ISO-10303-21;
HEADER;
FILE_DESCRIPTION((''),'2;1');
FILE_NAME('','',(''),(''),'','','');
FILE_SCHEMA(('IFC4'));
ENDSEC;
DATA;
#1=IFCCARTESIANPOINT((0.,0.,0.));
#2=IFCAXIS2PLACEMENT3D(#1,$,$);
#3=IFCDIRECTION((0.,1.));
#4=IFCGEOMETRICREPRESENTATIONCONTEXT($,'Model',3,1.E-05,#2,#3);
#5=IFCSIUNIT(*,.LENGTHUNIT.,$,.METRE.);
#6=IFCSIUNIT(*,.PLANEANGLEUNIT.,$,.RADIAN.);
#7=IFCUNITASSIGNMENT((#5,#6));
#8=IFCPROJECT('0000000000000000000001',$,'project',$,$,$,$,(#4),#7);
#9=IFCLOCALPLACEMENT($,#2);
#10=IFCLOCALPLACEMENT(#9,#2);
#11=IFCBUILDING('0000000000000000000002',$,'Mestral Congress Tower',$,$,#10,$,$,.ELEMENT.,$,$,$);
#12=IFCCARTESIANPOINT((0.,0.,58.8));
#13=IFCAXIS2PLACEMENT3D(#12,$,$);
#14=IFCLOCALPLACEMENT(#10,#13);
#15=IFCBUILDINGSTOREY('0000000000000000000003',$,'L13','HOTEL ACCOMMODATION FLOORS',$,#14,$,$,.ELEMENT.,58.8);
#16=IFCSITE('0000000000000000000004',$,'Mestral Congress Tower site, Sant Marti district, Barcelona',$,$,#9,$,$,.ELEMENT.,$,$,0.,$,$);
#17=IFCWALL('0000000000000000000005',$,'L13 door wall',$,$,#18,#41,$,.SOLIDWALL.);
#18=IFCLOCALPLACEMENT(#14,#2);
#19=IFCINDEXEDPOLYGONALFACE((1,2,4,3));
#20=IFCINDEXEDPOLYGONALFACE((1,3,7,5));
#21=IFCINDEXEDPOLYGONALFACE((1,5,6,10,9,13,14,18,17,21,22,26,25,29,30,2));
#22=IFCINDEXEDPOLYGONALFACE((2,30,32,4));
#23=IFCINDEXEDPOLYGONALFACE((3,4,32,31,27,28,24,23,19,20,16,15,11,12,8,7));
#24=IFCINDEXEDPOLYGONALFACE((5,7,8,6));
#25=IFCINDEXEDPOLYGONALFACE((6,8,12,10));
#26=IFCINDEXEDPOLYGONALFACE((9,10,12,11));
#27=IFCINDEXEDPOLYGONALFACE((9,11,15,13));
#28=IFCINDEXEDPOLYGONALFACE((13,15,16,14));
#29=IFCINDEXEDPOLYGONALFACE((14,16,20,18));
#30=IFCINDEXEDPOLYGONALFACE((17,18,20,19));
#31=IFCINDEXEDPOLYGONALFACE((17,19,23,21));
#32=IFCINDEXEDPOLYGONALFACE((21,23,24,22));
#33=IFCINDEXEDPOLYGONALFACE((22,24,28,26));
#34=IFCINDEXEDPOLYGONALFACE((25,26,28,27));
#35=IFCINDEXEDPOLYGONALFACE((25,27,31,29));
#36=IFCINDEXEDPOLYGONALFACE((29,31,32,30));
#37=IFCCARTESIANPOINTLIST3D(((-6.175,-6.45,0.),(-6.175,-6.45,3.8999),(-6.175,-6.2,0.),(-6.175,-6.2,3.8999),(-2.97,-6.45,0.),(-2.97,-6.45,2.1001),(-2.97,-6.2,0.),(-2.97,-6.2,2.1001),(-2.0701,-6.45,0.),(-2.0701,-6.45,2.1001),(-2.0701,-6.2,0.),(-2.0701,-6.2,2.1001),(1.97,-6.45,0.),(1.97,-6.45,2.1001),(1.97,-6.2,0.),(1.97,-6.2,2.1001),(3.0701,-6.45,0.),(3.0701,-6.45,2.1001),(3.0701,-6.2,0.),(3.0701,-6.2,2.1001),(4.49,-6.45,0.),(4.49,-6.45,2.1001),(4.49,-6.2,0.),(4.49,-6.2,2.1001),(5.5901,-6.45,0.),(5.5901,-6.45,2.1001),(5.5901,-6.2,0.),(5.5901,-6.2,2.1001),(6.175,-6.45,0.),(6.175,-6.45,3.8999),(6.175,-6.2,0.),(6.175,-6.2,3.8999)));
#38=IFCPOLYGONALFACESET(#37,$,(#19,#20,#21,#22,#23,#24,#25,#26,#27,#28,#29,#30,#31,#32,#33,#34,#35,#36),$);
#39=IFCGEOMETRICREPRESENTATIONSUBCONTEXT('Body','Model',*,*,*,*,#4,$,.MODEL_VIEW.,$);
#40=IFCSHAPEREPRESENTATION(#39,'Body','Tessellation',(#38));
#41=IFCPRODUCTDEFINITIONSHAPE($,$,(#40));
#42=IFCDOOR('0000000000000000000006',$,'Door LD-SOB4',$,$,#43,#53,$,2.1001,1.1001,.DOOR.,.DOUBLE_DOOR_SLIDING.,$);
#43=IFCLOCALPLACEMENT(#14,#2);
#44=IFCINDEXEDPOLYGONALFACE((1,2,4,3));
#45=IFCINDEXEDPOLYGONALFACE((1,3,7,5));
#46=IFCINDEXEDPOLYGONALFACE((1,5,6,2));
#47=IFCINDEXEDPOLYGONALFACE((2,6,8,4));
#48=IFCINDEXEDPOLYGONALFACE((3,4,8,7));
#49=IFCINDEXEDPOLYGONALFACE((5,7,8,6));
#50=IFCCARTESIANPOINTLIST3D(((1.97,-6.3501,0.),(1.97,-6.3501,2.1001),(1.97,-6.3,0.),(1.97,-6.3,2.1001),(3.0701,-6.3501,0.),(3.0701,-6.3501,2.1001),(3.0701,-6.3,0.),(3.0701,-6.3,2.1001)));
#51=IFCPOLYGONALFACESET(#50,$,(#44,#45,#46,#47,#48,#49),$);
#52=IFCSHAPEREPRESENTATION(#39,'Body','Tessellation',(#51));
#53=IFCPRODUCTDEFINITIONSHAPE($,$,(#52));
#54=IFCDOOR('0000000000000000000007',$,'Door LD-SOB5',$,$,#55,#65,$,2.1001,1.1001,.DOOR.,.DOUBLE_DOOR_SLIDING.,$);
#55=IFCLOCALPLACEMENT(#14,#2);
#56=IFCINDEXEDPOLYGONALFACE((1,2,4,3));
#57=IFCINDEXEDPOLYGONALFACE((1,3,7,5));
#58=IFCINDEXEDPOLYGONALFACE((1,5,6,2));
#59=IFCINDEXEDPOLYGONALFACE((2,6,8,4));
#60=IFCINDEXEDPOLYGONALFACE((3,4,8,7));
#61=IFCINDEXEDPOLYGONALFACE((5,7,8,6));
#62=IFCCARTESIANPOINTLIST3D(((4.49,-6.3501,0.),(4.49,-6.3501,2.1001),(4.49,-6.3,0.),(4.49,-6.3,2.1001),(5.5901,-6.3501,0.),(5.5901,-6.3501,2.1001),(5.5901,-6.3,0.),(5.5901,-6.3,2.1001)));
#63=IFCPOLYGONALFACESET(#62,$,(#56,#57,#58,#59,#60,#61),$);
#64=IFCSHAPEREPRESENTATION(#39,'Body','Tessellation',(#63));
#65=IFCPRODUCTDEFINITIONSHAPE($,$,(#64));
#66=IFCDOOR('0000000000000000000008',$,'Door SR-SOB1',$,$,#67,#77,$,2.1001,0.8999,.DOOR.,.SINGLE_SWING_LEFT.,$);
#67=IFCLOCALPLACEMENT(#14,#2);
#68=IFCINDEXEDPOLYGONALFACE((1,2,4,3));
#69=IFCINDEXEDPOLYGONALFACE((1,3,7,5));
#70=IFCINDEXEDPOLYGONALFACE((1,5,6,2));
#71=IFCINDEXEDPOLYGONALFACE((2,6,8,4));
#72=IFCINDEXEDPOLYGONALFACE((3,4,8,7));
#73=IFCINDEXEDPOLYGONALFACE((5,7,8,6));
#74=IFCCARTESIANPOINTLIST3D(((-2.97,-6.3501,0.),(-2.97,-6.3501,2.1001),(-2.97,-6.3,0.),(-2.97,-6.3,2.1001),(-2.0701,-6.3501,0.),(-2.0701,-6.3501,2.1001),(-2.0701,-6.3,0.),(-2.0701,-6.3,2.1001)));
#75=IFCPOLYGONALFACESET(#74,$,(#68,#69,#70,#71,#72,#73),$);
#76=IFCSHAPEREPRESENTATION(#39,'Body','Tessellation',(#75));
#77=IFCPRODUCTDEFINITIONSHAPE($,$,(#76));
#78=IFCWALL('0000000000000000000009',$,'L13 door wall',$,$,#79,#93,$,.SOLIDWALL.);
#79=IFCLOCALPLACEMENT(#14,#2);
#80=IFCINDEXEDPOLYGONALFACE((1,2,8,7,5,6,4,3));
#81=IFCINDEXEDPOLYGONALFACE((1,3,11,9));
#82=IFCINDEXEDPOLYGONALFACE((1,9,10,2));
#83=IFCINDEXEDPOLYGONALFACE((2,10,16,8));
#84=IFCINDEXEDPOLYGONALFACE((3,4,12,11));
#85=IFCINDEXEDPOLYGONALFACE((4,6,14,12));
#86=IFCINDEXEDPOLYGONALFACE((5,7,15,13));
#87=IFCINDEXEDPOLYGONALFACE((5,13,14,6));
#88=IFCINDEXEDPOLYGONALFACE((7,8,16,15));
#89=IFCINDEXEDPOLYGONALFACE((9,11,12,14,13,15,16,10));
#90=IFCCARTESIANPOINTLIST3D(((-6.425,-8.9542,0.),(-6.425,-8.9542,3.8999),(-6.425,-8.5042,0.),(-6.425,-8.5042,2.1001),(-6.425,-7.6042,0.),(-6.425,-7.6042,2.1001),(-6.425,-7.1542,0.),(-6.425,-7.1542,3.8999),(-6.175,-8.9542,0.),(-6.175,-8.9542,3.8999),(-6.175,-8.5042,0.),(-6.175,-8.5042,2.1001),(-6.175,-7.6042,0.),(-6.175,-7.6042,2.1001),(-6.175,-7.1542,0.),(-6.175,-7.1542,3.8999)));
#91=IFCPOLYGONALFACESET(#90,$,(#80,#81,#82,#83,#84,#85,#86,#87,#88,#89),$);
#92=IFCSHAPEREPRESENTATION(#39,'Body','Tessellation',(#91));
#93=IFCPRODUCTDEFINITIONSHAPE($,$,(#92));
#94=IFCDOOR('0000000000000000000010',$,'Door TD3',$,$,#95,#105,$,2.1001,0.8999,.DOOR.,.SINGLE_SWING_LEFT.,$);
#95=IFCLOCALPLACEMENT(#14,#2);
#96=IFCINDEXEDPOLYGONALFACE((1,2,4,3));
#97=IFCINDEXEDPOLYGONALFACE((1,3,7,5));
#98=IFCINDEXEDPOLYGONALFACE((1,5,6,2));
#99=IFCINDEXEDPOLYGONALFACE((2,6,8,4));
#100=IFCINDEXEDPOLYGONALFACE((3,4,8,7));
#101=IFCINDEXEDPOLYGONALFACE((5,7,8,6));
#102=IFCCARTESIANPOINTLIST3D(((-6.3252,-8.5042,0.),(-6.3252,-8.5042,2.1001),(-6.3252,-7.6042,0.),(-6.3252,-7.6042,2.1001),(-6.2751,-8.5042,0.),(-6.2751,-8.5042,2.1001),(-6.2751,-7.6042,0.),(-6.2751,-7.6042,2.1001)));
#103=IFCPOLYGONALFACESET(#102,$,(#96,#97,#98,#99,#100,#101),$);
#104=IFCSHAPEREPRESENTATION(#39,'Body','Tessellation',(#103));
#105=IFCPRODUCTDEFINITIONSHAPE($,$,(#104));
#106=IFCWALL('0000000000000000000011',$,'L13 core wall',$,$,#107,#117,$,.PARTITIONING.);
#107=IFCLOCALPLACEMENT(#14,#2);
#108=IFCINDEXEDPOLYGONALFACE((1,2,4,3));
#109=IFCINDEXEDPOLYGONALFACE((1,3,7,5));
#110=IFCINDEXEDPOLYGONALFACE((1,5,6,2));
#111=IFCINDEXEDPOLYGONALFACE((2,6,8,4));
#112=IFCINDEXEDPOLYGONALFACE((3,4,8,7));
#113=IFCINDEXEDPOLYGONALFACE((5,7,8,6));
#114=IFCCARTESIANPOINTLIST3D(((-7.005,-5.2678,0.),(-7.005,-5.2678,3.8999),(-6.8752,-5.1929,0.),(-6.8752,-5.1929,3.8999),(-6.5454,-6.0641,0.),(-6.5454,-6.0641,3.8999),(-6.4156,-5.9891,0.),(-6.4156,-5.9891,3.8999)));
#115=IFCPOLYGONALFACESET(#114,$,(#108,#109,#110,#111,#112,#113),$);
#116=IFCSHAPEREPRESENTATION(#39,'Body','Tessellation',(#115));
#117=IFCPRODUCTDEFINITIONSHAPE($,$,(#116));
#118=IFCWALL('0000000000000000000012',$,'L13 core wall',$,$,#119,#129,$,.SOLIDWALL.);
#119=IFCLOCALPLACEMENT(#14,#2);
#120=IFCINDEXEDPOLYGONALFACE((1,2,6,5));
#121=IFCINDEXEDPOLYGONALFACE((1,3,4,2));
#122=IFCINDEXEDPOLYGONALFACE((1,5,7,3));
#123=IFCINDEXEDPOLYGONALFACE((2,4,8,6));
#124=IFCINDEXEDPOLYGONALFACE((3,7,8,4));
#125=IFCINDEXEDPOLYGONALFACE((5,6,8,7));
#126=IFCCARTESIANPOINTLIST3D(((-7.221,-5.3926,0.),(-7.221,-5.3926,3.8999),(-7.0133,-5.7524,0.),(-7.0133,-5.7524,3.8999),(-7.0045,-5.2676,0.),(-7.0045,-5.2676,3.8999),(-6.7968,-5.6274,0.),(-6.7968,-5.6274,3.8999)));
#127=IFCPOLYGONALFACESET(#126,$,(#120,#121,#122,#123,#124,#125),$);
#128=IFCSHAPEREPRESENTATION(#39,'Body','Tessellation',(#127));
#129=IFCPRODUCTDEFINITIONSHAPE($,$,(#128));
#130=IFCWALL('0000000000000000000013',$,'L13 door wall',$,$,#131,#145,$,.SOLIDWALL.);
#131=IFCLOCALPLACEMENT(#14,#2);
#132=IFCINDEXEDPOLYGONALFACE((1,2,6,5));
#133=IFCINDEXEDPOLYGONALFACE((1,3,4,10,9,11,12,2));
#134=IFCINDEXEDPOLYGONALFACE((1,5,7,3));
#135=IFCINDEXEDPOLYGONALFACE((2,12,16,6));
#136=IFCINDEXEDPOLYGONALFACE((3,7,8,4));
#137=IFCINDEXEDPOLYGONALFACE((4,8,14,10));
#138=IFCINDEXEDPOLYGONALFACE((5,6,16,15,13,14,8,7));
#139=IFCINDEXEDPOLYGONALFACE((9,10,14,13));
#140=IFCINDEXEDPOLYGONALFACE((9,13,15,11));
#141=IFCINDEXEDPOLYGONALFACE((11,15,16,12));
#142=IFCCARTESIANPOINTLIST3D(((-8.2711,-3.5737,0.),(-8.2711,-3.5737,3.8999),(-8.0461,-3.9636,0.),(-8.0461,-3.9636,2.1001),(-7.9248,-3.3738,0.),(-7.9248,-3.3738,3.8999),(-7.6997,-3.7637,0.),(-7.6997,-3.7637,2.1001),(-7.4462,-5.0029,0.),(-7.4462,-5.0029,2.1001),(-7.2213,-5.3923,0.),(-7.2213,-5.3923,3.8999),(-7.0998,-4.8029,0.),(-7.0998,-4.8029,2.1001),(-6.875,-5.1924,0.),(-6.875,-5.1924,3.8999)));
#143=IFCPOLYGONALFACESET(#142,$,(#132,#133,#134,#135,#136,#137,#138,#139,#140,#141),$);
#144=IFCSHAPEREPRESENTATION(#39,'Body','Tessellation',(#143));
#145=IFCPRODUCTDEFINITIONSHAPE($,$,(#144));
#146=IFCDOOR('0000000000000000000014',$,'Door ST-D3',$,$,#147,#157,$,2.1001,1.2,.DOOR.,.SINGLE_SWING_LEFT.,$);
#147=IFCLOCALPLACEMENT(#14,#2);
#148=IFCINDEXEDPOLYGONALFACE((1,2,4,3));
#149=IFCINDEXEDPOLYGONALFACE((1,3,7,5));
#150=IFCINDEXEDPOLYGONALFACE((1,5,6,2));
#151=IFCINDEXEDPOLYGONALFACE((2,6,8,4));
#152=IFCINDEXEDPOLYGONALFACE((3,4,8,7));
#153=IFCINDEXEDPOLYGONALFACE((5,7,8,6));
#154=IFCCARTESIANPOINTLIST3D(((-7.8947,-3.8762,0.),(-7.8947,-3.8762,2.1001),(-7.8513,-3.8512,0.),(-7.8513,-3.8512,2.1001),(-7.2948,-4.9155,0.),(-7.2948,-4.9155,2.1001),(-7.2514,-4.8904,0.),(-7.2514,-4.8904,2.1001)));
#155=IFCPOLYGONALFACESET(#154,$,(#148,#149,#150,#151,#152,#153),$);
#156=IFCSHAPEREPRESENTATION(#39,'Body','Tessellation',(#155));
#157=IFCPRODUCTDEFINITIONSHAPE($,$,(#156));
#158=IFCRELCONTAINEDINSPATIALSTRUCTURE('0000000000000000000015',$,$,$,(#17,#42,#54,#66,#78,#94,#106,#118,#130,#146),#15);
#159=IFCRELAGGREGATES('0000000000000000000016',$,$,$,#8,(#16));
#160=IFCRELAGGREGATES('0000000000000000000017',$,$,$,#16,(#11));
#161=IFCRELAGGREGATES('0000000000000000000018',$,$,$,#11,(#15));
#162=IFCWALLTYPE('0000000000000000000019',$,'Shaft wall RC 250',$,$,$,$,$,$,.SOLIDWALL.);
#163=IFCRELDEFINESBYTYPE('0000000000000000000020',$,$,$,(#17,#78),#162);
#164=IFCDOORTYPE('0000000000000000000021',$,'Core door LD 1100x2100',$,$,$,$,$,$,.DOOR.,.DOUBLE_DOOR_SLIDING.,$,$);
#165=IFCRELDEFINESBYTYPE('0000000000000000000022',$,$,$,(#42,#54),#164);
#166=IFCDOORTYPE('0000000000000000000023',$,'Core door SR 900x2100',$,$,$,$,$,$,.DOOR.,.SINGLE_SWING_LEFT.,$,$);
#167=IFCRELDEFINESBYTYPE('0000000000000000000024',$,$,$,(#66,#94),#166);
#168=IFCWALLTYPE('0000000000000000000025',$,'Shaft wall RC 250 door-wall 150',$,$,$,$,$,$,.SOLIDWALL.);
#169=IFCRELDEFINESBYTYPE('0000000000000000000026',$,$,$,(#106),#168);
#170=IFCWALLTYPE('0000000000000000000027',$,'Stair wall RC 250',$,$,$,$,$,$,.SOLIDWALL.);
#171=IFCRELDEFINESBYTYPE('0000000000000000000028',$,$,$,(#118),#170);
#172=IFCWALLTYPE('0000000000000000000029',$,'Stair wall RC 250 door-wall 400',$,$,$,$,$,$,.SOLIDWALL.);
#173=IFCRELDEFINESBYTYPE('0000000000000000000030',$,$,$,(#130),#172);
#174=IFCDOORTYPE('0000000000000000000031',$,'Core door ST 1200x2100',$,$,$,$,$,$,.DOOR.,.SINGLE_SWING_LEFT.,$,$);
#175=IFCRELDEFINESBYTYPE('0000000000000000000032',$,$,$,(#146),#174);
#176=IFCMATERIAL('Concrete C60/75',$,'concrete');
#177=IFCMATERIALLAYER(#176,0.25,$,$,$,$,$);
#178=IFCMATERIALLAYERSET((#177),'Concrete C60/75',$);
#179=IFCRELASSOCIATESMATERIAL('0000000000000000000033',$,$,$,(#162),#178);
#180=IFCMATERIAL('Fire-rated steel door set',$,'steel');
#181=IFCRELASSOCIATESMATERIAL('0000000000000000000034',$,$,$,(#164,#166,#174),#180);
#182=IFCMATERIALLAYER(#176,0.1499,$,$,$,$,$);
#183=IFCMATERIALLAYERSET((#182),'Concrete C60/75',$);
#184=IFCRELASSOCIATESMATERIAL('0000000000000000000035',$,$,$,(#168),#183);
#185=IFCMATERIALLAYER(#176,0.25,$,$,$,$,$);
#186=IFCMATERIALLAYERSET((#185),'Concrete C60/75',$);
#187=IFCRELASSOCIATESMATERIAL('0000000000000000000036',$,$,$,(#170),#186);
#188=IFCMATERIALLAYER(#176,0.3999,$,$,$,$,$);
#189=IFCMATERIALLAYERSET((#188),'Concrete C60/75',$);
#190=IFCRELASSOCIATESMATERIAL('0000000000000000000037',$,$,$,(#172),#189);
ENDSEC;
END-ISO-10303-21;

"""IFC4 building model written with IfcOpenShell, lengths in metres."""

from ifc_helpers import new_model, si_unit, direction, frame, frame_2d, origin, place, context, subcontext, project, spatial, rectangle, extrude, material, layer, layer_set, type_object, element, fill, save


model = new_model("IFC4")

# Units and contexts
model_context = context("Model", 3, precision=1e-05, world=origin(), true_north=direction((0.0, 1.0)))
body_context = subcontext(model_context, "Body", "Model", "MODEL_VIEW")
ifc_project = project(units=[si_unit("LENGTHUNIT", "METRE"), si_unit("PLANEANGLEUNIT", "RADIAN")], contexts=[model_context])

# Site, building, storey
site_placement = place(None, origin())
site = spatial("IfcSite", under=ifc_project, at=site_placement, Name="Mestral Congress Tower site, Sant Marti district, Barcelona", CompositionType="ELEMENT", RefElevation=0.0)
building_placement = place(site_placement, origin())
building = spatial("IfcBuilding", under=site, at=building_placement, Name="Mestral Congress Tower", CompositionType="ELEMENT")
storey_placement = place(building_placement, frame((0.0, 0.0, 58.8)))
storey = spatial("IfcBuildingStorey", under=building, at=storey_placement, Name="L13", Description="HOTEL ACCOMMODATION FLOORS", CompositionType="ELEMENT", Elevation=58.8)

# Shared definitions
ifc_material_1 = material(Name="Fire-rated steel door set", Category="steel")

# Shared definitions
ifc_material_2 = material(Name="Concrete C60/75", Category="concrete")
ifc_layer_1 = layer(ifc_material_2, 0.25)
ifc_layer_set_1 = layer_set([ifc_layer_1], Name="Concrete C60/75")
wall_type_1 = type_object("IfcWallType", Name="Shaft wall RC 250", PredefinedType="SOLIDWALL", material=ifc_layer_set_1)

# Wall, openings, doors
door_type_1 = type_object("IfcDoorType", Name="Core door LD 1100x2100", OperationType="DOUBLE_DOOR_SLIDING", PredefinedType="DOOR", material=ifc_material_1)
wall_1_placement = place(storey_placement, frame((-6.175, -6.325, 0.0), z_axis=(0.0, 0.0, 1.0), x_axis=(1.0, 0.0, 0.0)))
wall_1 = element("IfcWall", 1, at=wall_1_placement, inside=storey, type_object=wall_type_1, Name="L13 door wall", PredefinedType="SOLIDWALL", context=body_context, shape_type="SweptSolid", body=[
    extrude(rectangle(XDim=12.3501, YDim=0.25, at=frame_2d((6.175, 0.0))), origin(), (0.0, 0.0, 1.0), 3.8999),
])
opening_1_placement = place(wall_1_placement, frame((3.2051, 0.0, 0.0)))
opening_1 = element("IfcOpeningElement", 2, at=opening_1_placement, cuts=wall_1, PredefinedType="OPENING", context=body_context, shape_type="SweptSolid", body=[
    extrude(rectangle(XDim=0.8999, YDim=2.1001, at=frame_2d((0.45, 1.05))), frame((0.0, 0.135, 0.0), z_axis=(0.0, -1.0, 0.0), x_axis=(1.0, 0.0, 0.0)), (0.0, 0.0, 1.0), 0.27),
])
opening_2_placement = place(wall_1_placement, frame((8.145, 0.0, 0.0)))
opening_2 = element("IfcOpeningElement", 3, at=opening_2_placement, cuts=wall_1, PredefinedType="OPENING", context=body_context, shape_type="SweptSolid", body=[
    extrude(rectangle(XDim=1.1001, YDim=2.1001, at=frame_2d((0.55, 1.05))), frame((0.0, 0.135, 0.0), z_axis=(0.0, -1.0, 0.0), x_axis=(1.0, 0.0, 0.0)), (0.0, 0.0, 1.0), 0.27),
])
opening_3_placement = place(wall_1_placement, frame((10.665, 0.0, 0.0)))
opening_3 = element("IfcOpeningElement", 4, at=opening_3_placement, cuts=wall_1, PredefinedType="OPENING", context=body_context, shape_type="SweptSolid", body=[
    extrude(rectangle(XDim=1.1001, YDim=2.1001, at=frame_2d((0.55, 1.05))), frame((0.0, 0.135, 0.0), z_axis=(0.0, -1.0, 0.0), x_axis=(1.0, 0.0, 0.0)), (0.0, 0.0, 1.0), 0.27),
])
door_1_placement = place(opening_2_placement, origin())
door_1 = element("IfcDoor", 5, at=door_1_placement, inside=storey, type_object=door_type_1, Name="Door LD-SOB4", OperationType="DOUBLE_DOOR_SLIDING", OverallHeight=2.1001, OverallWidth=1.1001, PredefinedType="DOOR", context=body_context, shape_type="SweptSolid", body=[
    extrude(rectangle(XDim=1.1001, YDim=2.1001, at=frame_2d((0.55, 1.05))), frame((0.0, 0.0249, 0.0), z_axis=(0.0, -1.0, 0.0), x_axis=(1.0, 0.0, 0.0)), (0.0, 0.0, 1.0), 0.05),
])
fill(opening_2, door_1)
door_2_placement = place(opening_3_placement, origin())
door_2 = element("IfcDoor", 6, at=door_2_placement, inside=storey, type_object=door_type_1, Name="Door LD-SOB5", OperationType="DOUBLE_DOOR_SLIDING", OverallHeight=2.1001, OverallWidth=1.1001, PredefinedType="DOOR", context=body_context, shape_type="SweptSolid", body=[
    extrude(rectangle(XDim=1.1001, YDim=2.1001, at=frame_2d((0.55, 1.05))), frame((0.0, 0.0249, 0.0), z_axis=(0.0, -1.0, 0.0), x_axis=(1.0, 0.0, 0.0)), (0.0, 0.0, 1.0), 0.05),
])
fill(opening_3, door_2)
door_type_2 = type_object("IfcDoorType", Name="Core door SR 900x2100", OperationType="SINGLE_SWING_LEFT", PredefinedType="DOOR", material=ifc_material_1)
door_3_placement = place(opening_1_placement, origin())
door_3 = element("IfcDoor", 7, at=door_3_placement, inside=storey, type_object=door_type_2, Name="Door SR-SOB1", OperationType="SINGLE_SWING_LEFT", OverallHeight=2.1001, OverallWidth=0.8999, PredefinedType="DOOR", context=body_context, shape_type="SweptSolid", body=[
    extrude(rectangle(XDim=0.8999, YDim=2.1001, at=frame_2d((0.45, 1.05))), frame((0.0, 0.0249, 0.0), z_axis=(0.0, -1.0, 0.0), x_axis=(1.0, 0.0, 0.0)), (0.0, 0.0, 1.0), 0.05),
])
fill(opening_1, door_3)

# Wall, opening, door
wall_2_placement = place(storey_placement, frame((-6.3, -7.1543, 0.0), z_axis=(0.0, 0.0, 1.0), x_axis=(0.0, -1.0, 0.0)))
wall_2 = element("IfcWall", 8, at=wall_2_placement, inside=storey, type_object=wall_type_1, Name="L13 door wall", PredefinedType="SOLIDWALL", context=body_context, shape_type="SweptSolid", body=[
    extrude(rectangle(XDim=1.8, YDim=0.25, at=frame_2d((0.8999, 0.0))), origin(), (0.0, 0.0, 1.0), 3.8999),
])
opening_4_placement = place(wall_2_placement, frame((0.45, 0.0, 0.0)))
opening_4 = element("IfcOpeningElement", 9, at=opening_4_placement, cuts=wall_2, PredefinedType="OPENING", context=body_context, shape_type="SweptSolid", body=[
    extrude(rectangle(XDim=0.8999, YDim=2.1001, at=frame_2d((0.45, 1.05))), frame((0.0, 0.135, 0.0), z_axis=(0.0, -1.0, 0.0), x_axis=(1.0, 0.0, 0.0)), (0.0, 0.0, 1.0), 0.27),
])
door_4_placement = place(opening_4_placement, origin())
door_4 = element("IfcDoor", 10, at=door_4_placement, inside=storey, type_object=door_type_2, Name="Door TD3", OperationType="SINGLE_SWING_LEFT", OverallHeight=2.1001, OverallWidth=0.8999, PredefinedType="DOOR", context=body_context, shape_type="SweptSolid", body=[
    extrude(rectangle(XDim=0.8999, YDim=2.1001, at=frame_2d((0.45, 1.05))), frame((0.0, 0.0249, 0.0), z_axis=(0.0, -1.0, 0.0), x_axis=(1.0, 0.0, 0.0)), (0.0, 0.0, 1.0), 0.05),
])
fill(opening_4, door_4)

# Walls
ifc_layer_2 = layer(ifc_material_2, 0.1499)
ifc_layer_set_2 = layer_set([ifc_layer_2], Name="Concrete C60/75")
wall_type_2 = type_object("IfcWallType", Name="Shaft wall RC 250 door-wall 150", PredefinedType="SOLIDWALL", material=ifc_layer_set_2)
wall_3_placement = place(storey_placement, frame((-6.4805, -6.0266, 0.0), z_axis=(0.0, 0.0, 1.0), x_axis=(-0.499937, 0.866062, 0.0)))
element("IfcWall", 11, at=wall_3_placement, inside=storey, type_object=wall_type_2, Name="L13 core wall", PredefinedType="PARTITIONING", context=body_context, shape_type="SweptSolid", body=[
    extrude(rectangle(XDim=0.9194, YDim=0.1499, at=frame_2d((0.4597, 0.0))), origin(), (0.0, 0.0, 1.0), 3.8999),
])
ifc_layer_3 = layer(ifc_material_2, 0.25)
ifc_layer_set_3 = layer_set([ifc_layer_3], Name="Concrete C60/75")
wall_type_3 = type_object("IfcWallType", Name="Stair wall RC 250", PredefinedType="SOLIDWALL", material=ifc_layer_set_3)
wall_4_placement = place(storey_placement, frame((-6.905, -5.6899, 0.0), z_axis=(0.0, 0.0, 1.0), x_axis=(-0.499994, 0.866029, 0.0)))
element("IfcWall", 12, at=wall_4_placement, inside=storey, type_object=wall_type_3, Name="L13 core wall", PredefinedType="SOLIDWALL", context=body_context, shape_type="SweptSolid", body=[
    extrude(rectangle(XDim=0.4155, YDim=0.25, at=frame_2d((0.2078, 0.0))), origin(), (0.0, 0.0, 1.0), 3.8999),
])

# Wall, opening, door
ifc_layer_4 = layer(ifc_material_2, 0.3999)
ifc_layer_set_4 = layer_set([ifc_layer_4], Name="Concrete C60/75")
wall_type_4 = type_object("IfcWallType", Name="Stair wall RC 250 door-wall 400", PredefinedType="SOLIDWALL", material=ifc_layer_set_4)
wall_5_placement = place(storey_placement, frame((-8.0979, -3.4739, 0.0), z_axis=(0.0, 0.0, 1.0), x_axis=(0.499941, -0.86606, 0.0)))
wall_5 = element("IfcWall", 13, at=wall_5_placement, inside=storey, type_object=wall_type_4, Name="L13 door wall", PredefinedType="SOLIDWALL", context=body_context, shape_type="SweptSolid", body=[
    extrude(rectangle(XDim=2.0999, YDim=0.3999, at=frame_2d((1.0498, 0.0))), origin(), (0.0, 0.0, 1.0), 3.8999),
])
opening_5_placement = place(wall_5_placement, frame((0.45, 0.0, 0.0)))
opening_5 = element("IfcOpeningElement", 14, at=opening_5_placement, cuts=wall_5, PredefinedType="OPENING", context=body_context, shape_type="SweptSolid", body=[
    extrude(rectangle(XDim=1.2, YDim=2.1001, at=frame_2d((0.6001, 1.05))), frame((0.0, 0.21, 0.0), z_axis=(0.0, -1.0, 0.0), x_axis=(1.0, 0.0, 0.0)), (0.0, 0.0, 1.0), 0.4199),
])
door_type_3 = type_object("IfcDoorType", Name="Core door ST 1200x2100", OperationType="SINGLE_SWING_LEFT", PredefinedType="DOOR", material=ifc_material_1)
door_5_placement = place(opening_5_placement, origin())
door_5 = element("IfcDoor", 15, at=door_5_placement, inside=storey, type_object=door_type_3, Name="Door ST-D3", OperationType="SINGLE_SWING_LEFT", OverallHeight=2.1001, OverallWidth=1.2, PredefinedType="DOOR", context=body_context, shape_type="SweptSolid", body=[
    extrude(rectangle(XDim=1.2, YDim=2.1001, at=frame_2d((0.6001, 1.05))), frame((0.0, 0.0249, 0.0), z_axis=(0.0, -1.0, 0.0), x_axis=(1.0, 0.0, 0.0)), (0.0, 0.0, 1.0), 0.05),
])
fill(opening_5, door_5)

save(model, "model.ifc")
